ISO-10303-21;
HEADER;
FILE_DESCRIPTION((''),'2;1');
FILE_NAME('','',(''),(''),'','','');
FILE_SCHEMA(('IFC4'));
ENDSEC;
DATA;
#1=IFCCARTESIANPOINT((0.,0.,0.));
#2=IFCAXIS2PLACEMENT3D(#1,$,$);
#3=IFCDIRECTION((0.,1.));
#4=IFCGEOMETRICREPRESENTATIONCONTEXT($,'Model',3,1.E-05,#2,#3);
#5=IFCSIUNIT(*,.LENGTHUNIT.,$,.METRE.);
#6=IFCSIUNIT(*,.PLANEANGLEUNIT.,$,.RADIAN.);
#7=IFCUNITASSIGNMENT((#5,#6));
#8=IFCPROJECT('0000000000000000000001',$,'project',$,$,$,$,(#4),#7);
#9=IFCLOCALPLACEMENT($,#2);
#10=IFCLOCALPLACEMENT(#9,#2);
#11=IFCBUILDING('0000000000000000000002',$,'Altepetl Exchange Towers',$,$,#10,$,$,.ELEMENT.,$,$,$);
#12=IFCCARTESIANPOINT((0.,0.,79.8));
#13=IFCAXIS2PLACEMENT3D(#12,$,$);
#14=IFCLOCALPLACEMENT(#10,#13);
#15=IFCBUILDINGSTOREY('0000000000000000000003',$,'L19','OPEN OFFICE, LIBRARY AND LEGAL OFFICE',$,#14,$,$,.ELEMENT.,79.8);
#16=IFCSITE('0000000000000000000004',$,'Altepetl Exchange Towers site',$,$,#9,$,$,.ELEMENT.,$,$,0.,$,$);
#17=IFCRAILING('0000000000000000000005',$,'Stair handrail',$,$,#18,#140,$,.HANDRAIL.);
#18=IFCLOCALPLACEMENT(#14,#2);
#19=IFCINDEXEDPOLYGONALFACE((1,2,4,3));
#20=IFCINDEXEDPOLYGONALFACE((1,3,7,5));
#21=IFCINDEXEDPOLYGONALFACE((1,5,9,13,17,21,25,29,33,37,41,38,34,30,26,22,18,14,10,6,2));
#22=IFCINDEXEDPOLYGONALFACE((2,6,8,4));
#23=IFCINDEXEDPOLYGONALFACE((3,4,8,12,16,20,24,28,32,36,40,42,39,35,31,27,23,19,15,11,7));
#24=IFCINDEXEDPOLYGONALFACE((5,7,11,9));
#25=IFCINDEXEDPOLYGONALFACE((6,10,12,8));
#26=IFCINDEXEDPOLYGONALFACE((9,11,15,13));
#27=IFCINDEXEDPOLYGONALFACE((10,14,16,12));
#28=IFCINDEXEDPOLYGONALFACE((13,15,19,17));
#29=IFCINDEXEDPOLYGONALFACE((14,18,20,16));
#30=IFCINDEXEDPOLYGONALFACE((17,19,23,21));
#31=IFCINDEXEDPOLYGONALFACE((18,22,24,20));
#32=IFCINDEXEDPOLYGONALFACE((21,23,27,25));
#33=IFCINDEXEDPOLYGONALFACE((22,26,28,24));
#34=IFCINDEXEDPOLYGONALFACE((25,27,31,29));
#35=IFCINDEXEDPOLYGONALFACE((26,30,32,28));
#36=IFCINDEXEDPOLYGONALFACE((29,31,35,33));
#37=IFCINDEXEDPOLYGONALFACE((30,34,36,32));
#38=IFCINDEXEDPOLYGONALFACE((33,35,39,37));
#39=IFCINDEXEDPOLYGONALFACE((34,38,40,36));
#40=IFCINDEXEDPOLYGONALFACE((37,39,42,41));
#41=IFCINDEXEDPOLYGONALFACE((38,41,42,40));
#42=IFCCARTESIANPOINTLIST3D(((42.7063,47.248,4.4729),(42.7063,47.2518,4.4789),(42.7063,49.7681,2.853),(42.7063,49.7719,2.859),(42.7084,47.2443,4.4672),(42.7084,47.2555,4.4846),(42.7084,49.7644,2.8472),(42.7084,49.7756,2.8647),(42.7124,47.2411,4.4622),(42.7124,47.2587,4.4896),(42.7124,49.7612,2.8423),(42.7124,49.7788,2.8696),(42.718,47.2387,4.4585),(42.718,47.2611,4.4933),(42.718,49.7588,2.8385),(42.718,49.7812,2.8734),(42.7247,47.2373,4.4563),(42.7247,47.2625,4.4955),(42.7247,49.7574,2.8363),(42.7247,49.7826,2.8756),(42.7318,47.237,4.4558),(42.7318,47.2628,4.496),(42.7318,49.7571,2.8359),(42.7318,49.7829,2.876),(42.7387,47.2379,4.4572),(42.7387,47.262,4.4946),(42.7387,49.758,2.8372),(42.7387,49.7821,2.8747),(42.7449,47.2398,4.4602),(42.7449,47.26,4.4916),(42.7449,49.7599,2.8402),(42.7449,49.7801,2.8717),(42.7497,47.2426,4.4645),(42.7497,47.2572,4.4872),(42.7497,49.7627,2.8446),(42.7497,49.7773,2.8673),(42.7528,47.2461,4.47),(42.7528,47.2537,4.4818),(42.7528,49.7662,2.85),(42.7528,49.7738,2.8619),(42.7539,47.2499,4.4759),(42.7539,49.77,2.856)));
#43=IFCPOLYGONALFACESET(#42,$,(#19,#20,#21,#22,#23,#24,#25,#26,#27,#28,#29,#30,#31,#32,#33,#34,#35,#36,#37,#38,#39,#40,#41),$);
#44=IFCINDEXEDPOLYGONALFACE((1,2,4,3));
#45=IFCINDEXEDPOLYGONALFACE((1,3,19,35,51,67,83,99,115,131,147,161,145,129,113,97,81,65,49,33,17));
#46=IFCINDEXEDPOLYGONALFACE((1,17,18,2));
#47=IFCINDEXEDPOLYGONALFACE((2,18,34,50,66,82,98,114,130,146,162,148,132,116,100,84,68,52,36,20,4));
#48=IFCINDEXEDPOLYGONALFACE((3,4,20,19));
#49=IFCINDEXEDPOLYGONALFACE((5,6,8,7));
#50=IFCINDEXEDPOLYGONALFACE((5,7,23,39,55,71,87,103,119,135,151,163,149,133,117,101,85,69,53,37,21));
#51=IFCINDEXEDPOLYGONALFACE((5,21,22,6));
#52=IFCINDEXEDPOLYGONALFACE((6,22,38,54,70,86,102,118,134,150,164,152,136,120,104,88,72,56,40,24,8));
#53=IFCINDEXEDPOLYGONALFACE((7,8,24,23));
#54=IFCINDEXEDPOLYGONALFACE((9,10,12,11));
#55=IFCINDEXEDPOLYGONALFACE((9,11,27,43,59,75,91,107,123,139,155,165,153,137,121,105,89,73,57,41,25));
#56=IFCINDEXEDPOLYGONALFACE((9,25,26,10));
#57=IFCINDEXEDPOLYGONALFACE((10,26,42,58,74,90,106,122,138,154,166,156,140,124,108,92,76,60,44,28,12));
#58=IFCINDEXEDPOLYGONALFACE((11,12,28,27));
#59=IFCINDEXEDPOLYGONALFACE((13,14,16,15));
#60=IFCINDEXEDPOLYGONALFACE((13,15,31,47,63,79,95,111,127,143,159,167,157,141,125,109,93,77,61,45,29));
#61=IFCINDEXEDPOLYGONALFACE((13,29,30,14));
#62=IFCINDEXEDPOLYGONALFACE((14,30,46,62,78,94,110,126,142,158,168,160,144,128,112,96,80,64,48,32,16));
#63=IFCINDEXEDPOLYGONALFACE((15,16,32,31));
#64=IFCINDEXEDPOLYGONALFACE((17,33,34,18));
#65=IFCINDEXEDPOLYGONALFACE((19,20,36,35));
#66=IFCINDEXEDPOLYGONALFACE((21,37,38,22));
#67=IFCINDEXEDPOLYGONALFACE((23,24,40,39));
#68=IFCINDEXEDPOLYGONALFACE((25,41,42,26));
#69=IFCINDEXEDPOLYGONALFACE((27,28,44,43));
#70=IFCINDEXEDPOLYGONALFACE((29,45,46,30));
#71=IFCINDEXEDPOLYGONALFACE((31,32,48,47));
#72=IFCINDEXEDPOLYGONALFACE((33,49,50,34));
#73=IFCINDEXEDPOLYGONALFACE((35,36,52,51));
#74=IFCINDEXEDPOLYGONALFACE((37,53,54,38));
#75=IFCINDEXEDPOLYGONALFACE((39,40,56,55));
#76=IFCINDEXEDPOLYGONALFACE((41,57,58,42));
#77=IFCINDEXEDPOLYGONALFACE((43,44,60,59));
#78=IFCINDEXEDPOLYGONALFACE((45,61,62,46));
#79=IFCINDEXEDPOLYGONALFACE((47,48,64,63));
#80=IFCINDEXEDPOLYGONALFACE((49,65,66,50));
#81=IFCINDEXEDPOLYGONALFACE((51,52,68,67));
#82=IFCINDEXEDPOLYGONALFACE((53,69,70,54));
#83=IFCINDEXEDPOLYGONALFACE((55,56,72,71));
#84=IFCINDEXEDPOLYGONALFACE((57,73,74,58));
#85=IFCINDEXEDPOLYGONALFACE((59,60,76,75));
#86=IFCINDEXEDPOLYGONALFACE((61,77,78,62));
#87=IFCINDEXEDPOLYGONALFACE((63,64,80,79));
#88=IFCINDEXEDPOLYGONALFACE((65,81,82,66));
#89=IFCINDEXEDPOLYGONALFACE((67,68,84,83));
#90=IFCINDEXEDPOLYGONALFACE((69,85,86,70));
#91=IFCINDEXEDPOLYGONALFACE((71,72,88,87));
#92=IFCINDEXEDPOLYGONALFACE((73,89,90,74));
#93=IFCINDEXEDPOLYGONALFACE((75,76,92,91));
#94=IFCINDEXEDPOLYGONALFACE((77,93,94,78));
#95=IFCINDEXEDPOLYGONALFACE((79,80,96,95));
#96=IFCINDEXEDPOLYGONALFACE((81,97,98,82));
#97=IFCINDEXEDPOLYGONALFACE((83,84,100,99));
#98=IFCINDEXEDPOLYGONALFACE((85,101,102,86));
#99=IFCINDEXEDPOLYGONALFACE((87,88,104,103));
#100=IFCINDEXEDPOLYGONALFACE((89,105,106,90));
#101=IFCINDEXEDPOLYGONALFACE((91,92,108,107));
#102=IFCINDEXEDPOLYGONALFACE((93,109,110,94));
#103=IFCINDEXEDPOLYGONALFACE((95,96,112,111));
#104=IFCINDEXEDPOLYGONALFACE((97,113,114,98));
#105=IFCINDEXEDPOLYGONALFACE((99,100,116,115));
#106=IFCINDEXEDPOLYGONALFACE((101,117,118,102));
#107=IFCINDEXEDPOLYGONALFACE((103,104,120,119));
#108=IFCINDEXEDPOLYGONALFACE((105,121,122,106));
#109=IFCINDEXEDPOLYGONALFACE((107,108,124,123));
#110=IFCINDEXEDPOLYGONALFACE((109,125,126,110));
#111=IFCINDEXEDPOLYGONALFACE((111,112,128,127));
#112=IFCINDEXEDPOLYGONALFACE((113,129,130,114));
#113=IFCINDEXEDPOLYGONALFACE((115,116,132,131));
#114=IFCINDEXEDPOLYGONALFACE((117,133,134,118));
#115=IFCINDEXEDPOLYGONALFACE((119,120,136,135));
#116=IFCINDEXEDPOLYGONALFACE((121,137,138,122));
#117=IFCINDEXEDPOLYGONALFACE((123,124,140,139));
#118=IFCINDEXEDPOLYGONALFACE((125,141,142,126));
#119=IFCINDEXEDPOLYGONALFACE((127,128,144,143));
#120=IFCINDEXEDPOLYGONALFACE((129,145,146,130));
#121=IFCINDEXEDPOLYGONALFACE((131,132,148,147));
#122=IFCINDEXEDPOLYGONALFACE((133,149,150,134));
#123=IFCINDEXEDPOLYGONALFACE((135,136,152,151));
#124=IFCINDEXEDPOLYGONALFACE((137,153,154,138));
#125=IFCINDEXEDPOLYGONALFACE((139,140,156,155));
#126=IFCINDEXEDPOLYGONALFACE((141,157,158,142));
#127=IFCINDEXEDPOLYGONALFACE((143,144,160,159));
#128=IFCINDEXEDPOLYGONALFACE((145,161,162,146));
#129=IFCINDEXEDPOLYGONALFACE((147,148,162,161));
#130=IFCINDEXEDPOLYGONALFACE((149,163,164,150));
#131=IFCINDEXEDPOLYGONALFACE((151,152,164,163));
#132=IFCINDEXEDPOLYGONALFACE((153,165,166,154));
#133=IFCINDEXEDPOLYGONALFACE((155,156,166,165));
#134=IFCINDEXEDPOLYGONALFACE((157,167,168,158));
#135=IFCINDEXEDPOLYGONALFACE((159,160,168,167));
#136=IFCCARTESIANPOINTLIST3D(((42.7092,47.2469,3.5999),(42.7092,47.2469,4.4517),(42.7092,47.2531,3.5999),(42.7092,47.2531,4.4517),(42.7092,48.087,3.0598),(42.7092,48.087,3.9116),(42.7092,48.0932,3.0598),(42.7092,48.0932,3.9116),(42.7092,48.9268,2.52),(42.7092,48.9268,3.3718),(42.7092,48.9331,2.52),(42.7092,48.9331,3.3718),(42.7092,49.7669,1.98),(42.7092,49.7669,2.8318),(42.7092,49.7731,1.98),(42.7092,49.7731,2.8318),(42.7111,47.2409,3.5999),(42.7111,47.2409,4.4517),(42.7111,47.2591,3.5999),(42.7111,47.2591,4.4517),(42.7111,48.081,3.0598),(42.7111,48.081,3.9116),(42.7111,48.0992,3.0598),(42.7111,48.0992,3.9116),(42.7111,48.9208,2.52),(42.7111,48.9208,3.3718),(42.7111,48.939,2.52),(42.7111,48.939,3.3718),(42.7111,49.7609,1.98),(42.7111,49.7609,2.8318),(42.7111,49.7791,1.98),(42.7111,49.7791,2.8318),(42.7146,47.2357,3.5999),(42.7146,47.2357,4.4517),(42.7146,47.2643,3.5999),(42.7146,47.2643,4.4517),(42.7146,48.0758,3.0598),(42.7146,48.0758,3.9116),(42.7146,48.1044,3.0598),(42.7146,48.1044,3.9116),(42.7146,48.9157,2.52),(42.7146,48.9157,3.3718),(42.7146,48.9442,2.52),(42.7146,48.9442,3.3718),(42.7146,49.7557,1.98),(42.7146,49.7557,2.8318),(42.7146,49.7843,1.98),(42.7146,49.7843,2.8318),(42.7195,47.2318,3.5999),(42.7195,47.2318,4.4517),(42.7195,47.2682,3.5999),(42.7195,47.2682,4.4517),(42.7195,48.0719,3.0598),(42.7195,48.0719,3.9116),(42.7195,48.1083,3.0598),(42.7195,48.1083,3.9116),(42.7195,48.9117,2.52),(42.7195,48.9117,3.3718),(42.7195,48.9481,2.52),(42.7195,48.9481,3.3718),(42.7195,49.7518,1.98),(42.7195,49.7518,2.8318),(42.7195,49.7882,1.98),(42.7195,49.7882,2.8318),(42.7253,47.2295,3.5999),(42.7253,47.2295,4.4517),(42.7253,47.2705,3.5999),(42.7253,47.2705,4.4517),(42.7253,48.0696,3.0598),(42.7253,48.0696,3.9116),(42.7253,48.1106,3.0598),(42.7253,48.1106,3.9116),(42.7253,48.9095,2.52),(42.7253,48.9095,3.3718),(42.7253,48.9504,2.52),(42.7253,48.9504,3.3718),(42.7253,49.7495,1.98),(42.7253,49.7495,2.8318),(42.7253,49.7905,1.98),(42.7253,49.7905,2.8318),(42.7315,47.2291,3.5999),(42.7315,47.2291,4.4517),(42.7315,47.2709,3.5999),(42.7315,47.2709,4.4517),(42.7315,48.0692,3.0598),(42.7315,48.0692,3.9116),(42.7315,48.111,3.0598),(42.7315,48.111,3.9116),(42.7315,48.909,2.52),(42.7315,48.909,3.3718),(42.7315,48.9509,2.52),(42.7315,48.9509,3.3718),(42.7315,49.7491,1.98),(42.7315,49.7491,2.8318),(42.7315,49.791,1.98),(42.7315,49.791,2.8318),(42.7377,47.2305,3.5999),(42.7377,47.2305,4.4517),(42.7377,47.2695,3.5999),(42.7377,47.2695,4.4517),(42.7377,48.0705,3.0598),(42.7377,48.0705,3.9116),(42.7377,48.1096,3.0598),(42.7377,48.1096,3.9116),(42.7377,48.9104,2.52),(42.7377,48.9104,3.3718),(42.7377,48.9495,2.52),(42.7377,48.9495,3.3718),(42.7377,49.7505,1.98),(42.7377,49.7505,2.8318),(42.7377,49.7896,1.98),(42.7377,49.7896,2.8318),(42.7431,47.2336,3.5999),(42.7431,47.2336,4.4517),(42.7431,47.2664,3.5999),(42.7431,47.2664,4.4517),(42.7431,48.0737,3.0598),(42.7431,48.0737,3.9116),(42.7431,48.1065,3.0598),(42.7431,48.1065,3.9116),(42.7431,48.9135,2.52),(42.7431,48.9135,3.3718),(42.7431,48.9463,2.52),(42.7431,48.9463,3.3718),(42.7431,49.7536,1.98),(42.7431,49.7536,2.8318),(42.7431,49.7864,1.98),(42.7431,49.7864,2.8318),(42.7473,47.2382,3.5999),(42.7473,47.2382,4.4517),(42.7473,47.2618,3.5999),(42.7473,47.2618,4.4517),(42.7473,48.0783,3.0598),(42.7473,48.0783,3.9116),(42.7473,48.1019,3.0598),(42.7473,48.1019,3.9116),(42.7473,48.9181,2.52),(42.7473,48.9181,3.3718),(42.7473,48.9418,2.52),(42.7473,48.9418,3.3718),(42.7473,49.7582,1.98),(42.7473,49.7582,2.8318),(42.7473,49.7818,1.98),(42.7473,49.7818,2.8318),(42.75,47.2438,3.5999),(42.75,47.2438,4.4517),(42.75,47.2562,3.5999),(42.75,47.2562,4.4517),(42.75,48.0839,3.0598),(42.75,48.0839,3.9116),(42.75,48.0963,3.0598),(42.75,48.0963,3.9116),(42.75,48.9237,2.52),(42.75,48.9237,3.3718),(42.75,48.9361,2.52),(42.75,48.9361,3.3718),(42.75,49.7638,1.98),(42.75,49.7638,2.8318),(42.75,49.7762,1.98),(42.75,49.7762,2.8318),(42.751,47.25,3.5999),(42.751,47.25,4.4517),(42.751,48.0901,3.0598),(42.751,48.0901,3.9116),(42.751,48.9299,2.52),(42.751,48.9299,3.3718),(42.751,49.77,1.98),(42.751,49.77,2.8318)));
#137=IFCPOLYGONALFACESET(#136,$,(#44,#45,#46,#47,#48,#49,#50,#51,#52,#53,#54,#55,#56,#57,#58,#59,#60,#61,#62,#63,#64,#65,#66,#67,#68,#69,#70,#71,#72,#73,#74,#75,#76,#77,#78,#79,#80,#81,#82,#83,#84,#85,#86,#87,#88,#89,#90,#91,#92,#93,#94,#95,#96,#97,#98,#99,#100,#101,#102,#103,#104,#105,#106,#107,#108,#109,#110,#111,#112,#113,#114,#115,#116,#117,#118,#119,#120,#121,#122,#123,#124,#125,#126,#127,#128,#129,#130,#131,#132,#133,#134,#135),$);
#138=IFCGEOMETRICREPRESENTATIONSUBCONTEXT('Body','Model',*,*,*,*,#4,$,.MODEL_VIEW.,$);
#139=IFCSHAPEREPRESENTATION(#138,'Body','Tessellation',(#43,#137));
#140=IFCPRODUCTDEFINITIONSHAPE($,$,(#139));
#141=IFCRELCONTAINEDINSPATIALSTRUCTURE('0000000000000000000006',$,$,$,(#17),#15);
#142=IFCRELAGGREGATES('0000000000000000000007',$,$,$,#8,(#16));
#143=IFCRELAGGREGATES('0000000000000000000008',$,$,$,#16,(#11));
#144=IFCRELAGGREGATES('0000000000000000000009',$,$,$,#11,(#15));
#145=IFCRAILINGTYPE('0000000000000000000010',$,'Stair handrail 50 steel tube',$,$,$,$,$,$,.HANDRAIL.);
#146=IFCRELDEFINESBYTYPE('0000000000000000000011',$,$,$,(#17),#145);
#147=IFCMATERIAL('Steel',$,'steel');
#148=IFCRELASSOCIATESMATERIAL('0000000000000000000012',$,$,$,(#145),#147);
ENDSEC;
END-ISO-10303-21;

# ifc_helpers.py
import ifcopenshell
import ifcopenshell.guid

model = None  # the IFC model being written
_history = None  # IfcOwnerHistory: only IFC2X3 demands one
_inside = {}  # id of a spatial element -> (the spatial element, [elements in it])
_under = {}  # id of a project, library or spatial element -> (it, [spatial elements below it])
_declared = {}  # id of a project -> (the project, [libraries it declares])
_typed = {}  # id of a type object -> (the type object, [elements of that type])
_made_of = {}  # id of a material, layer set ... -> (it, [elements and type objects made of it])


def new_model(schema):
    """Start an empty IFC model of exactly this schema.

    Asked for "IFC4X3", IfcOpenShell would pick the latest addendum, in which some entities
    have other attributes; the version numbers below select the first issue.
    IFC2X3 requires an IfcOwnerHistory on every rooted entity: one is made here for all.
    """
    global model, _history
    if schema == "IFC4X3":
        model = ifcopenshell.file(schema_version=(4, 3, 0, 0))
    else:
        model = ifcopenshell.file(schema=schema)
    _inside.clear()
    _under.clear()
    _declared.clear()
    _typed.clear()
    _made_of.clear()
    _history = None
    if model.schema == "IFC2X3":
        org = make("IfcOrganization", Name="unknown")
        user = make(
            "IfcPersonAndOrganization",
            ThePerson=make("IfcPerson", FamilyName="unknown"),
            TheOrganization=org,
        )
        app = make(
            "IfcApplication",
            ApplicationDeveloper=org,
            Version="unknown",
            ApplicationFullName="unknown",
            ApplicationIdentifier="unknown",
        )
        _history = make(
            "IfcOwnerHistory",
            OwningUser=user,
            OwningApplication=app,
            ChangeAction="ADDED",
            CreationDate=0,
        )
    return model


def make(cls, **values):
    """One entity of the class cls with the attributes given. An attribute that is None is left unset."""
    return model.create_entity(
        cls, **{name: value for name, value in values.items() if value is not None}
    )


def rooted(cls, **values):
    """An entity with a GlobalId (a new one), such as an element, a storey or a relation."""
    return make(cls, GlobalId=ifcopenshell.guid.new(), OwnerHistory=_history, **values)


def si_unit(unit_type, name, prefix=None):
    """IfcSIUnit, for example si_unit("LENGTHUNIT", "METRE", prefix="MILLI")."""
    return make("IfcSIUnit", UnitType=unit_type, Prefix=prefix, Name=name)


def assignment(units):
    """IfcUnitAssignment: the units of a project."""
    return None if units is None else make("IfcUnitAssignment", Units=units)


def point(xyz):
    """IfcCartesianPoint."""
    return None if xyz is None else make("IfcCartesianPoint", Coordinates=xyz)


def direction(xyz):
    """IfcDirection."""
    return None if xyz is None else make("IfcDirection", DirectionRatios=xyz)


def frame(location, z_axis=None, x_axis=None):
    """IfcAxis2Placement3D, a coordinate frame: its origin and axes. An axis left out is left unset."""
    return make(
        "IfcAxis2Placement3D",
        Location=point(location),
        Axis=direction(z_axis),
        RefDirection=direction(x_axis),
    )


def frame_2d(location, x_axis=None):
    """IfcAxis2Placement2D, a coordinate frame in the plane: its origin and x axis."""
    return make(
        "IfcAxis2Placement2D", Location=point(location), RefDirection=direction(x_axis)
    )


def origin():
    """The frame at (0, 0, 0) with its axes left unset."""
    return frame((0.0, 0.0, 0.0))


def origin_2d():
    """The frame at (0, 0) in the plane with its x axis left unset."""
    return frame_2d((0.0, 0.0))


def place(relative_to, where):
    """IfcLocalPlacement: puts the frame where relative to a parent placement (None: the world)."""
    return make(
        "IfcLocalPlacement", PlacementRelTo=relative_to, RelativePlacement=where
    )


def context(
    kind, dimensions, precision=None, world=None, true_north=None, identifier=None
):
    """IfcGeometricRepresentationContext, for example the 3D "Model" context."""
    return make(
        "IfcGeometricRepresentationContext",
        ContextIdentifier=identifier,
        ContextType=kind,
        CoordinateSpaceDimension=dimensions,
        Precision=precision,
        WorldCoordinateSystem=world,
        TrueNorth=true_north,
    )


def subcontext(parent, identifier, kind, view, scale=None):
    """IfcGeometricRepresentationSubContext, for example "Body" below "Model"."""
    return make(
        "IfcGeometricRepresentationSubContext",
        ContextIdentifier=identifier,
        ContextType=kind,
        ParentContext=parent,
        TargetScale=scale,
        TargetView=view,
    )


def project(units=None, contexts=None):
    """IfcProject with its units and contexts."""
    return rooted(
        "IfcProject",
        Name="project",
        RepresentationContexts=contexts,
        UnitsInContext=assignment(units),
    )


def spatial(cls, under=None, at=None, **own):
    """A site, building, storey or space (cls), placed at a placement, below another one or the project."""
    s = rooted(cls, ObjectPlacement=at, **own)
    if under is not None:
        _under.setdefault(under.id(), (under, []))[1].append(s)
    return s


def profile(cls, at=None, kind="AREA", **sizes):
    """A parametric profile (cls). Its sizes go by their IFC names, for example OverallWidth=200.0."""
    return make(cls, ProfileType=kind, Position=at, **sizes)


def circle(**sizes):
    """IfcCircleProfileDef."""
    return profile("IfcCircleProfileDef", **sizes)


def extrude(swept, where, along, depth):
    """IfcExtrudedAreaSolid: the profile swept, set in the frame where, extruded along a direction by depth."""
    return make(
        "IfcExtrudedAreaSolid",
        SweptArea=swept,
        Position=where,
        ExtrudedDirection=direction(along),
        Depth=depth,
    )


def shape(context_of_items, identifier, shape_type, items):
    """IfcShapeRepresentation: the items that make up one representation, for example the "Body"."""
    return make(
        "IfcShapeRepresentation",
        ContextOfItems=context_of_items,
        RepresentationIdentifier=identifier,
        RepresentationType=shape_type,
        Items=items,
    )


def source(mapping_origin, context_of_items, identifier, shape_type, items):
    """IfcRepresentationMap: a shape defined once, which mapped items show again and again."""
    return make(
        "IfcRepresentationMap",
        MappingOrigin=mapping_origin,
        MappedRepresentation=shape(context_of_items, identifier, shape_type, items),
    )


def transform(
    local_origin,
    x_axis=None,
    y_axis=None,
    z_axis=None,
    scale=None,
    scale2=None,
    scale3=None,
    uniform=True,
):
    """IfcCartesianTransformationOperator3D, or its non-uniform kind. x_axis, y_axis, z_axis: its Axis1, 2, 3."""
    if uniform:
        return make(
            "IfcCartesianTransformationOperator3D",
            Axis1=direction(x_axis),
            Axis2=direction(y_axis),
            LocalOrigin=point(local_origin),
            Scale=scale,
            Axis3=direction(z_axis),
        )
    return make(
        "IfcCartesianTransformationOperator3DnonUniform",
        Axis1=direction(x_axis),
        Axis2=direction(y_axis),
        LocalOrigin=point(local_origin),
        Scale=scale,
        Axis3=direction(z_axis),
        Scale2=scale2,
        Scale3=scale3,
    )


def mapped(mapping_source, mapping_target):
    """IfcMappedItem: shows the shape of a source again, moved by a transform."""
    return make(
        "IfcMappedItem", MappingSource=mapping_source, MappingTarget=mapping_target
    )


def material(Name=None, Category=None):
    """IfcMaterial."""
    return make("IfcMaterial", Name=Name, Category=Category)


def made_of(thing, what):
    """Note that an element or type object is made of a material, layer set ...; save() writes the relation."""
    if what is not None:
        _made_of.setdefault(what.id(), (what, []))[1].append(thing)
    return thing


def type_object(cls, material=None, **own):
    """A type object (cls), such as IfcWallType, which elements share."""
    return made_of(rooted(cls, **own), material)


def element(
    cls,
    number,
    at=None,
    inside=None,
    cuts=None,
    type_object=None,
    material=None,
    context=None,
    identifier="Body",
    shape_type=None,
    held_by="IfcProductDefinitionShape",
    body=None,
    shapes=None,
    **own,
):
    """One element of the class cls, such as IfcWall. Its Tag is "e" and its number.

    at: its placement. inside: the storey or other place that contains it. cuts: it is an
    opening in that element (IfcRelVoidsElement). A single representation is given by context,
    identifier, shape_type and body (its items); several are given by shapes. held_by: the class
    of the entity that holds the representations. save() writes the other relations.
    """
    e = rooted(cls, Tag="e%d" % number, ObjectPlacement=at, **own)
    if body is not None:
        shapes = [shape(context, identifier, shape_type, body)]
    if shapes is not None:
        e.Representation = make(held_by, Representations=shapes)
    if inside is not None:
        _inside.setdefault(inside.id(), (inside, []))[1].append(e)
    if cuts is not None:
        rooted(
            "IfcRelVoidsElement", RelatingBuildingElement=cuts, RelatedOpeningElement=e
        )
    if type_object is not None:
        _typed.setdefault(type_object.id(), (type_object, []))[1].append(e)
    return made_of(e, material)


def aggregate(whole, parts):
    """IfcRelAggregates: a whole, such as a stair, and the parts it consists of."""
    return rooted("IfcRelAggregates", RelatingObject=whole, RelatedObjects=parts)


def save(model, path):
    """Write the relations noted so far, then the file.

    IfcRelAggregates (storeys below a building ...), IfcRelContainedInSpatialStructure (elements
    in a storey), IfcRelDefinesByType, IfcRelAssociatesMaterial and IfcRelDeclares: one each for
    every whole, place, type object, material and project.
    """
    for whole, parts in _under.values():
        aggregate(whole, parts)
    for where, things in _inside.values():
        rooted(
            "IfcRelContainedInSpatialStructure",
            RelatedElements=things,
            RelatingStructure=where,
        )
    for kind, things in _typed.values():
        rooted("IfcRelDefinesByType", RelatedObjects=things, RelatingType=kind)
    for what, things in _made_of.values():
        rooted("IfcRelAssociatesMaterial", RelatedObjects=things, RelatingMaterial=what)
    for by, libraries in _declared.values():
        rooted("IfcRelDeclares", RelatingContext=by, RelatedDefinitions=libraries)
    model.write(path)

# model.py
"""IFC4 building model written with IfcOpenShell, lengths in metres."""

from ifc_helpers import new_model, si_unit, direction, frame, origin, origin_2d, place, context, subcontext, project, spatial, circle, extrude, source, transform, mapped, material, type_object, element, save


model = new_model("IFC4")

# Units and contexts
model_context = context("Model", 3, precision=1e-05, world=origin(), true_north=direction((0.0, 1.0)))
body_context = subcontext(model_context, "Body", "Model", "MODEL_VIEW")
ifc_project = project(units=[si_unit("LENGTHUNIT", "METRE"), si_unit("PLANEANGLEUNIT", "RADIAN")], contexts=[model_context])

# Site, building, storey
site_placement = place(None, origin())
site = spatial("IfcSite", under=ifc_project, at=site_placement, Name="Altepetl Exchange Towers site", CompositionType="ELEMENT", RefElevation=0.0)
building_placement = place(site_placement, origin())
building = spatial("IfcBuilding", under=site, at=building_placement, Name="Altepetl Exchange Towers", CompositionType="ELEMENT")
storey_placement = place(building_placement, frame((0.0, 0.0, 79.8)))
storey = spatial("IfcBuildingStorey", under=building, at=storey_placement, Name="L19", Description="OPEN OFFICE, LIBRARY AND LEGAL OFFICE", CompositionType="ELEMENT", Elevation=79.8)

# Railing
ifc_material_1 = material(Name="Steel", Category="steel")
railing_type = type_object("IfcRailingType", Name="Stair handrail 50 steel tube", PredefinedType="HANDRAIL", material=ifc_material_1)
shared_shape = source(origin(), body_context, "Body", "SweptSolid", [
    extrude(circle(Radius=0.021, at=origin_2d()), origin(), (0.0, 0.0, 1.0), 0.8518),
])
railing_placement = place(storey_placement, frame((42.73, 49.77, 1.98)))
element("IfcRailing", 1, at=railing_placement, inside=storey, type_object=railing_type, Name="Stair handrail", PredefinedType="HANDRAIL", context=body_context, shape_type="SweptSolid", body=[
    extrude(circle(Radius=0.0239, at=origin_2d()), frame((0.0, 0.0, 0.876), z_axis=(0.0, -0.8412, 0.540725), x_axis=(1.0, 0.0, 0.0)), (0.0, 0.0, 1.0), 2.9958),
    mapped(shared_shape, transform((0.0, 0.0, 0.0))),
    mapped(shared_shape, transform((0.0, -0.8401, 0.54))),
    mapped(shared_shape, transform((0.0, -1.6799, 1.0798))),
    mapped(shared_shape, transform((0.0, -2.52, 1.6199))),
])

save(model, "model.ifc")
